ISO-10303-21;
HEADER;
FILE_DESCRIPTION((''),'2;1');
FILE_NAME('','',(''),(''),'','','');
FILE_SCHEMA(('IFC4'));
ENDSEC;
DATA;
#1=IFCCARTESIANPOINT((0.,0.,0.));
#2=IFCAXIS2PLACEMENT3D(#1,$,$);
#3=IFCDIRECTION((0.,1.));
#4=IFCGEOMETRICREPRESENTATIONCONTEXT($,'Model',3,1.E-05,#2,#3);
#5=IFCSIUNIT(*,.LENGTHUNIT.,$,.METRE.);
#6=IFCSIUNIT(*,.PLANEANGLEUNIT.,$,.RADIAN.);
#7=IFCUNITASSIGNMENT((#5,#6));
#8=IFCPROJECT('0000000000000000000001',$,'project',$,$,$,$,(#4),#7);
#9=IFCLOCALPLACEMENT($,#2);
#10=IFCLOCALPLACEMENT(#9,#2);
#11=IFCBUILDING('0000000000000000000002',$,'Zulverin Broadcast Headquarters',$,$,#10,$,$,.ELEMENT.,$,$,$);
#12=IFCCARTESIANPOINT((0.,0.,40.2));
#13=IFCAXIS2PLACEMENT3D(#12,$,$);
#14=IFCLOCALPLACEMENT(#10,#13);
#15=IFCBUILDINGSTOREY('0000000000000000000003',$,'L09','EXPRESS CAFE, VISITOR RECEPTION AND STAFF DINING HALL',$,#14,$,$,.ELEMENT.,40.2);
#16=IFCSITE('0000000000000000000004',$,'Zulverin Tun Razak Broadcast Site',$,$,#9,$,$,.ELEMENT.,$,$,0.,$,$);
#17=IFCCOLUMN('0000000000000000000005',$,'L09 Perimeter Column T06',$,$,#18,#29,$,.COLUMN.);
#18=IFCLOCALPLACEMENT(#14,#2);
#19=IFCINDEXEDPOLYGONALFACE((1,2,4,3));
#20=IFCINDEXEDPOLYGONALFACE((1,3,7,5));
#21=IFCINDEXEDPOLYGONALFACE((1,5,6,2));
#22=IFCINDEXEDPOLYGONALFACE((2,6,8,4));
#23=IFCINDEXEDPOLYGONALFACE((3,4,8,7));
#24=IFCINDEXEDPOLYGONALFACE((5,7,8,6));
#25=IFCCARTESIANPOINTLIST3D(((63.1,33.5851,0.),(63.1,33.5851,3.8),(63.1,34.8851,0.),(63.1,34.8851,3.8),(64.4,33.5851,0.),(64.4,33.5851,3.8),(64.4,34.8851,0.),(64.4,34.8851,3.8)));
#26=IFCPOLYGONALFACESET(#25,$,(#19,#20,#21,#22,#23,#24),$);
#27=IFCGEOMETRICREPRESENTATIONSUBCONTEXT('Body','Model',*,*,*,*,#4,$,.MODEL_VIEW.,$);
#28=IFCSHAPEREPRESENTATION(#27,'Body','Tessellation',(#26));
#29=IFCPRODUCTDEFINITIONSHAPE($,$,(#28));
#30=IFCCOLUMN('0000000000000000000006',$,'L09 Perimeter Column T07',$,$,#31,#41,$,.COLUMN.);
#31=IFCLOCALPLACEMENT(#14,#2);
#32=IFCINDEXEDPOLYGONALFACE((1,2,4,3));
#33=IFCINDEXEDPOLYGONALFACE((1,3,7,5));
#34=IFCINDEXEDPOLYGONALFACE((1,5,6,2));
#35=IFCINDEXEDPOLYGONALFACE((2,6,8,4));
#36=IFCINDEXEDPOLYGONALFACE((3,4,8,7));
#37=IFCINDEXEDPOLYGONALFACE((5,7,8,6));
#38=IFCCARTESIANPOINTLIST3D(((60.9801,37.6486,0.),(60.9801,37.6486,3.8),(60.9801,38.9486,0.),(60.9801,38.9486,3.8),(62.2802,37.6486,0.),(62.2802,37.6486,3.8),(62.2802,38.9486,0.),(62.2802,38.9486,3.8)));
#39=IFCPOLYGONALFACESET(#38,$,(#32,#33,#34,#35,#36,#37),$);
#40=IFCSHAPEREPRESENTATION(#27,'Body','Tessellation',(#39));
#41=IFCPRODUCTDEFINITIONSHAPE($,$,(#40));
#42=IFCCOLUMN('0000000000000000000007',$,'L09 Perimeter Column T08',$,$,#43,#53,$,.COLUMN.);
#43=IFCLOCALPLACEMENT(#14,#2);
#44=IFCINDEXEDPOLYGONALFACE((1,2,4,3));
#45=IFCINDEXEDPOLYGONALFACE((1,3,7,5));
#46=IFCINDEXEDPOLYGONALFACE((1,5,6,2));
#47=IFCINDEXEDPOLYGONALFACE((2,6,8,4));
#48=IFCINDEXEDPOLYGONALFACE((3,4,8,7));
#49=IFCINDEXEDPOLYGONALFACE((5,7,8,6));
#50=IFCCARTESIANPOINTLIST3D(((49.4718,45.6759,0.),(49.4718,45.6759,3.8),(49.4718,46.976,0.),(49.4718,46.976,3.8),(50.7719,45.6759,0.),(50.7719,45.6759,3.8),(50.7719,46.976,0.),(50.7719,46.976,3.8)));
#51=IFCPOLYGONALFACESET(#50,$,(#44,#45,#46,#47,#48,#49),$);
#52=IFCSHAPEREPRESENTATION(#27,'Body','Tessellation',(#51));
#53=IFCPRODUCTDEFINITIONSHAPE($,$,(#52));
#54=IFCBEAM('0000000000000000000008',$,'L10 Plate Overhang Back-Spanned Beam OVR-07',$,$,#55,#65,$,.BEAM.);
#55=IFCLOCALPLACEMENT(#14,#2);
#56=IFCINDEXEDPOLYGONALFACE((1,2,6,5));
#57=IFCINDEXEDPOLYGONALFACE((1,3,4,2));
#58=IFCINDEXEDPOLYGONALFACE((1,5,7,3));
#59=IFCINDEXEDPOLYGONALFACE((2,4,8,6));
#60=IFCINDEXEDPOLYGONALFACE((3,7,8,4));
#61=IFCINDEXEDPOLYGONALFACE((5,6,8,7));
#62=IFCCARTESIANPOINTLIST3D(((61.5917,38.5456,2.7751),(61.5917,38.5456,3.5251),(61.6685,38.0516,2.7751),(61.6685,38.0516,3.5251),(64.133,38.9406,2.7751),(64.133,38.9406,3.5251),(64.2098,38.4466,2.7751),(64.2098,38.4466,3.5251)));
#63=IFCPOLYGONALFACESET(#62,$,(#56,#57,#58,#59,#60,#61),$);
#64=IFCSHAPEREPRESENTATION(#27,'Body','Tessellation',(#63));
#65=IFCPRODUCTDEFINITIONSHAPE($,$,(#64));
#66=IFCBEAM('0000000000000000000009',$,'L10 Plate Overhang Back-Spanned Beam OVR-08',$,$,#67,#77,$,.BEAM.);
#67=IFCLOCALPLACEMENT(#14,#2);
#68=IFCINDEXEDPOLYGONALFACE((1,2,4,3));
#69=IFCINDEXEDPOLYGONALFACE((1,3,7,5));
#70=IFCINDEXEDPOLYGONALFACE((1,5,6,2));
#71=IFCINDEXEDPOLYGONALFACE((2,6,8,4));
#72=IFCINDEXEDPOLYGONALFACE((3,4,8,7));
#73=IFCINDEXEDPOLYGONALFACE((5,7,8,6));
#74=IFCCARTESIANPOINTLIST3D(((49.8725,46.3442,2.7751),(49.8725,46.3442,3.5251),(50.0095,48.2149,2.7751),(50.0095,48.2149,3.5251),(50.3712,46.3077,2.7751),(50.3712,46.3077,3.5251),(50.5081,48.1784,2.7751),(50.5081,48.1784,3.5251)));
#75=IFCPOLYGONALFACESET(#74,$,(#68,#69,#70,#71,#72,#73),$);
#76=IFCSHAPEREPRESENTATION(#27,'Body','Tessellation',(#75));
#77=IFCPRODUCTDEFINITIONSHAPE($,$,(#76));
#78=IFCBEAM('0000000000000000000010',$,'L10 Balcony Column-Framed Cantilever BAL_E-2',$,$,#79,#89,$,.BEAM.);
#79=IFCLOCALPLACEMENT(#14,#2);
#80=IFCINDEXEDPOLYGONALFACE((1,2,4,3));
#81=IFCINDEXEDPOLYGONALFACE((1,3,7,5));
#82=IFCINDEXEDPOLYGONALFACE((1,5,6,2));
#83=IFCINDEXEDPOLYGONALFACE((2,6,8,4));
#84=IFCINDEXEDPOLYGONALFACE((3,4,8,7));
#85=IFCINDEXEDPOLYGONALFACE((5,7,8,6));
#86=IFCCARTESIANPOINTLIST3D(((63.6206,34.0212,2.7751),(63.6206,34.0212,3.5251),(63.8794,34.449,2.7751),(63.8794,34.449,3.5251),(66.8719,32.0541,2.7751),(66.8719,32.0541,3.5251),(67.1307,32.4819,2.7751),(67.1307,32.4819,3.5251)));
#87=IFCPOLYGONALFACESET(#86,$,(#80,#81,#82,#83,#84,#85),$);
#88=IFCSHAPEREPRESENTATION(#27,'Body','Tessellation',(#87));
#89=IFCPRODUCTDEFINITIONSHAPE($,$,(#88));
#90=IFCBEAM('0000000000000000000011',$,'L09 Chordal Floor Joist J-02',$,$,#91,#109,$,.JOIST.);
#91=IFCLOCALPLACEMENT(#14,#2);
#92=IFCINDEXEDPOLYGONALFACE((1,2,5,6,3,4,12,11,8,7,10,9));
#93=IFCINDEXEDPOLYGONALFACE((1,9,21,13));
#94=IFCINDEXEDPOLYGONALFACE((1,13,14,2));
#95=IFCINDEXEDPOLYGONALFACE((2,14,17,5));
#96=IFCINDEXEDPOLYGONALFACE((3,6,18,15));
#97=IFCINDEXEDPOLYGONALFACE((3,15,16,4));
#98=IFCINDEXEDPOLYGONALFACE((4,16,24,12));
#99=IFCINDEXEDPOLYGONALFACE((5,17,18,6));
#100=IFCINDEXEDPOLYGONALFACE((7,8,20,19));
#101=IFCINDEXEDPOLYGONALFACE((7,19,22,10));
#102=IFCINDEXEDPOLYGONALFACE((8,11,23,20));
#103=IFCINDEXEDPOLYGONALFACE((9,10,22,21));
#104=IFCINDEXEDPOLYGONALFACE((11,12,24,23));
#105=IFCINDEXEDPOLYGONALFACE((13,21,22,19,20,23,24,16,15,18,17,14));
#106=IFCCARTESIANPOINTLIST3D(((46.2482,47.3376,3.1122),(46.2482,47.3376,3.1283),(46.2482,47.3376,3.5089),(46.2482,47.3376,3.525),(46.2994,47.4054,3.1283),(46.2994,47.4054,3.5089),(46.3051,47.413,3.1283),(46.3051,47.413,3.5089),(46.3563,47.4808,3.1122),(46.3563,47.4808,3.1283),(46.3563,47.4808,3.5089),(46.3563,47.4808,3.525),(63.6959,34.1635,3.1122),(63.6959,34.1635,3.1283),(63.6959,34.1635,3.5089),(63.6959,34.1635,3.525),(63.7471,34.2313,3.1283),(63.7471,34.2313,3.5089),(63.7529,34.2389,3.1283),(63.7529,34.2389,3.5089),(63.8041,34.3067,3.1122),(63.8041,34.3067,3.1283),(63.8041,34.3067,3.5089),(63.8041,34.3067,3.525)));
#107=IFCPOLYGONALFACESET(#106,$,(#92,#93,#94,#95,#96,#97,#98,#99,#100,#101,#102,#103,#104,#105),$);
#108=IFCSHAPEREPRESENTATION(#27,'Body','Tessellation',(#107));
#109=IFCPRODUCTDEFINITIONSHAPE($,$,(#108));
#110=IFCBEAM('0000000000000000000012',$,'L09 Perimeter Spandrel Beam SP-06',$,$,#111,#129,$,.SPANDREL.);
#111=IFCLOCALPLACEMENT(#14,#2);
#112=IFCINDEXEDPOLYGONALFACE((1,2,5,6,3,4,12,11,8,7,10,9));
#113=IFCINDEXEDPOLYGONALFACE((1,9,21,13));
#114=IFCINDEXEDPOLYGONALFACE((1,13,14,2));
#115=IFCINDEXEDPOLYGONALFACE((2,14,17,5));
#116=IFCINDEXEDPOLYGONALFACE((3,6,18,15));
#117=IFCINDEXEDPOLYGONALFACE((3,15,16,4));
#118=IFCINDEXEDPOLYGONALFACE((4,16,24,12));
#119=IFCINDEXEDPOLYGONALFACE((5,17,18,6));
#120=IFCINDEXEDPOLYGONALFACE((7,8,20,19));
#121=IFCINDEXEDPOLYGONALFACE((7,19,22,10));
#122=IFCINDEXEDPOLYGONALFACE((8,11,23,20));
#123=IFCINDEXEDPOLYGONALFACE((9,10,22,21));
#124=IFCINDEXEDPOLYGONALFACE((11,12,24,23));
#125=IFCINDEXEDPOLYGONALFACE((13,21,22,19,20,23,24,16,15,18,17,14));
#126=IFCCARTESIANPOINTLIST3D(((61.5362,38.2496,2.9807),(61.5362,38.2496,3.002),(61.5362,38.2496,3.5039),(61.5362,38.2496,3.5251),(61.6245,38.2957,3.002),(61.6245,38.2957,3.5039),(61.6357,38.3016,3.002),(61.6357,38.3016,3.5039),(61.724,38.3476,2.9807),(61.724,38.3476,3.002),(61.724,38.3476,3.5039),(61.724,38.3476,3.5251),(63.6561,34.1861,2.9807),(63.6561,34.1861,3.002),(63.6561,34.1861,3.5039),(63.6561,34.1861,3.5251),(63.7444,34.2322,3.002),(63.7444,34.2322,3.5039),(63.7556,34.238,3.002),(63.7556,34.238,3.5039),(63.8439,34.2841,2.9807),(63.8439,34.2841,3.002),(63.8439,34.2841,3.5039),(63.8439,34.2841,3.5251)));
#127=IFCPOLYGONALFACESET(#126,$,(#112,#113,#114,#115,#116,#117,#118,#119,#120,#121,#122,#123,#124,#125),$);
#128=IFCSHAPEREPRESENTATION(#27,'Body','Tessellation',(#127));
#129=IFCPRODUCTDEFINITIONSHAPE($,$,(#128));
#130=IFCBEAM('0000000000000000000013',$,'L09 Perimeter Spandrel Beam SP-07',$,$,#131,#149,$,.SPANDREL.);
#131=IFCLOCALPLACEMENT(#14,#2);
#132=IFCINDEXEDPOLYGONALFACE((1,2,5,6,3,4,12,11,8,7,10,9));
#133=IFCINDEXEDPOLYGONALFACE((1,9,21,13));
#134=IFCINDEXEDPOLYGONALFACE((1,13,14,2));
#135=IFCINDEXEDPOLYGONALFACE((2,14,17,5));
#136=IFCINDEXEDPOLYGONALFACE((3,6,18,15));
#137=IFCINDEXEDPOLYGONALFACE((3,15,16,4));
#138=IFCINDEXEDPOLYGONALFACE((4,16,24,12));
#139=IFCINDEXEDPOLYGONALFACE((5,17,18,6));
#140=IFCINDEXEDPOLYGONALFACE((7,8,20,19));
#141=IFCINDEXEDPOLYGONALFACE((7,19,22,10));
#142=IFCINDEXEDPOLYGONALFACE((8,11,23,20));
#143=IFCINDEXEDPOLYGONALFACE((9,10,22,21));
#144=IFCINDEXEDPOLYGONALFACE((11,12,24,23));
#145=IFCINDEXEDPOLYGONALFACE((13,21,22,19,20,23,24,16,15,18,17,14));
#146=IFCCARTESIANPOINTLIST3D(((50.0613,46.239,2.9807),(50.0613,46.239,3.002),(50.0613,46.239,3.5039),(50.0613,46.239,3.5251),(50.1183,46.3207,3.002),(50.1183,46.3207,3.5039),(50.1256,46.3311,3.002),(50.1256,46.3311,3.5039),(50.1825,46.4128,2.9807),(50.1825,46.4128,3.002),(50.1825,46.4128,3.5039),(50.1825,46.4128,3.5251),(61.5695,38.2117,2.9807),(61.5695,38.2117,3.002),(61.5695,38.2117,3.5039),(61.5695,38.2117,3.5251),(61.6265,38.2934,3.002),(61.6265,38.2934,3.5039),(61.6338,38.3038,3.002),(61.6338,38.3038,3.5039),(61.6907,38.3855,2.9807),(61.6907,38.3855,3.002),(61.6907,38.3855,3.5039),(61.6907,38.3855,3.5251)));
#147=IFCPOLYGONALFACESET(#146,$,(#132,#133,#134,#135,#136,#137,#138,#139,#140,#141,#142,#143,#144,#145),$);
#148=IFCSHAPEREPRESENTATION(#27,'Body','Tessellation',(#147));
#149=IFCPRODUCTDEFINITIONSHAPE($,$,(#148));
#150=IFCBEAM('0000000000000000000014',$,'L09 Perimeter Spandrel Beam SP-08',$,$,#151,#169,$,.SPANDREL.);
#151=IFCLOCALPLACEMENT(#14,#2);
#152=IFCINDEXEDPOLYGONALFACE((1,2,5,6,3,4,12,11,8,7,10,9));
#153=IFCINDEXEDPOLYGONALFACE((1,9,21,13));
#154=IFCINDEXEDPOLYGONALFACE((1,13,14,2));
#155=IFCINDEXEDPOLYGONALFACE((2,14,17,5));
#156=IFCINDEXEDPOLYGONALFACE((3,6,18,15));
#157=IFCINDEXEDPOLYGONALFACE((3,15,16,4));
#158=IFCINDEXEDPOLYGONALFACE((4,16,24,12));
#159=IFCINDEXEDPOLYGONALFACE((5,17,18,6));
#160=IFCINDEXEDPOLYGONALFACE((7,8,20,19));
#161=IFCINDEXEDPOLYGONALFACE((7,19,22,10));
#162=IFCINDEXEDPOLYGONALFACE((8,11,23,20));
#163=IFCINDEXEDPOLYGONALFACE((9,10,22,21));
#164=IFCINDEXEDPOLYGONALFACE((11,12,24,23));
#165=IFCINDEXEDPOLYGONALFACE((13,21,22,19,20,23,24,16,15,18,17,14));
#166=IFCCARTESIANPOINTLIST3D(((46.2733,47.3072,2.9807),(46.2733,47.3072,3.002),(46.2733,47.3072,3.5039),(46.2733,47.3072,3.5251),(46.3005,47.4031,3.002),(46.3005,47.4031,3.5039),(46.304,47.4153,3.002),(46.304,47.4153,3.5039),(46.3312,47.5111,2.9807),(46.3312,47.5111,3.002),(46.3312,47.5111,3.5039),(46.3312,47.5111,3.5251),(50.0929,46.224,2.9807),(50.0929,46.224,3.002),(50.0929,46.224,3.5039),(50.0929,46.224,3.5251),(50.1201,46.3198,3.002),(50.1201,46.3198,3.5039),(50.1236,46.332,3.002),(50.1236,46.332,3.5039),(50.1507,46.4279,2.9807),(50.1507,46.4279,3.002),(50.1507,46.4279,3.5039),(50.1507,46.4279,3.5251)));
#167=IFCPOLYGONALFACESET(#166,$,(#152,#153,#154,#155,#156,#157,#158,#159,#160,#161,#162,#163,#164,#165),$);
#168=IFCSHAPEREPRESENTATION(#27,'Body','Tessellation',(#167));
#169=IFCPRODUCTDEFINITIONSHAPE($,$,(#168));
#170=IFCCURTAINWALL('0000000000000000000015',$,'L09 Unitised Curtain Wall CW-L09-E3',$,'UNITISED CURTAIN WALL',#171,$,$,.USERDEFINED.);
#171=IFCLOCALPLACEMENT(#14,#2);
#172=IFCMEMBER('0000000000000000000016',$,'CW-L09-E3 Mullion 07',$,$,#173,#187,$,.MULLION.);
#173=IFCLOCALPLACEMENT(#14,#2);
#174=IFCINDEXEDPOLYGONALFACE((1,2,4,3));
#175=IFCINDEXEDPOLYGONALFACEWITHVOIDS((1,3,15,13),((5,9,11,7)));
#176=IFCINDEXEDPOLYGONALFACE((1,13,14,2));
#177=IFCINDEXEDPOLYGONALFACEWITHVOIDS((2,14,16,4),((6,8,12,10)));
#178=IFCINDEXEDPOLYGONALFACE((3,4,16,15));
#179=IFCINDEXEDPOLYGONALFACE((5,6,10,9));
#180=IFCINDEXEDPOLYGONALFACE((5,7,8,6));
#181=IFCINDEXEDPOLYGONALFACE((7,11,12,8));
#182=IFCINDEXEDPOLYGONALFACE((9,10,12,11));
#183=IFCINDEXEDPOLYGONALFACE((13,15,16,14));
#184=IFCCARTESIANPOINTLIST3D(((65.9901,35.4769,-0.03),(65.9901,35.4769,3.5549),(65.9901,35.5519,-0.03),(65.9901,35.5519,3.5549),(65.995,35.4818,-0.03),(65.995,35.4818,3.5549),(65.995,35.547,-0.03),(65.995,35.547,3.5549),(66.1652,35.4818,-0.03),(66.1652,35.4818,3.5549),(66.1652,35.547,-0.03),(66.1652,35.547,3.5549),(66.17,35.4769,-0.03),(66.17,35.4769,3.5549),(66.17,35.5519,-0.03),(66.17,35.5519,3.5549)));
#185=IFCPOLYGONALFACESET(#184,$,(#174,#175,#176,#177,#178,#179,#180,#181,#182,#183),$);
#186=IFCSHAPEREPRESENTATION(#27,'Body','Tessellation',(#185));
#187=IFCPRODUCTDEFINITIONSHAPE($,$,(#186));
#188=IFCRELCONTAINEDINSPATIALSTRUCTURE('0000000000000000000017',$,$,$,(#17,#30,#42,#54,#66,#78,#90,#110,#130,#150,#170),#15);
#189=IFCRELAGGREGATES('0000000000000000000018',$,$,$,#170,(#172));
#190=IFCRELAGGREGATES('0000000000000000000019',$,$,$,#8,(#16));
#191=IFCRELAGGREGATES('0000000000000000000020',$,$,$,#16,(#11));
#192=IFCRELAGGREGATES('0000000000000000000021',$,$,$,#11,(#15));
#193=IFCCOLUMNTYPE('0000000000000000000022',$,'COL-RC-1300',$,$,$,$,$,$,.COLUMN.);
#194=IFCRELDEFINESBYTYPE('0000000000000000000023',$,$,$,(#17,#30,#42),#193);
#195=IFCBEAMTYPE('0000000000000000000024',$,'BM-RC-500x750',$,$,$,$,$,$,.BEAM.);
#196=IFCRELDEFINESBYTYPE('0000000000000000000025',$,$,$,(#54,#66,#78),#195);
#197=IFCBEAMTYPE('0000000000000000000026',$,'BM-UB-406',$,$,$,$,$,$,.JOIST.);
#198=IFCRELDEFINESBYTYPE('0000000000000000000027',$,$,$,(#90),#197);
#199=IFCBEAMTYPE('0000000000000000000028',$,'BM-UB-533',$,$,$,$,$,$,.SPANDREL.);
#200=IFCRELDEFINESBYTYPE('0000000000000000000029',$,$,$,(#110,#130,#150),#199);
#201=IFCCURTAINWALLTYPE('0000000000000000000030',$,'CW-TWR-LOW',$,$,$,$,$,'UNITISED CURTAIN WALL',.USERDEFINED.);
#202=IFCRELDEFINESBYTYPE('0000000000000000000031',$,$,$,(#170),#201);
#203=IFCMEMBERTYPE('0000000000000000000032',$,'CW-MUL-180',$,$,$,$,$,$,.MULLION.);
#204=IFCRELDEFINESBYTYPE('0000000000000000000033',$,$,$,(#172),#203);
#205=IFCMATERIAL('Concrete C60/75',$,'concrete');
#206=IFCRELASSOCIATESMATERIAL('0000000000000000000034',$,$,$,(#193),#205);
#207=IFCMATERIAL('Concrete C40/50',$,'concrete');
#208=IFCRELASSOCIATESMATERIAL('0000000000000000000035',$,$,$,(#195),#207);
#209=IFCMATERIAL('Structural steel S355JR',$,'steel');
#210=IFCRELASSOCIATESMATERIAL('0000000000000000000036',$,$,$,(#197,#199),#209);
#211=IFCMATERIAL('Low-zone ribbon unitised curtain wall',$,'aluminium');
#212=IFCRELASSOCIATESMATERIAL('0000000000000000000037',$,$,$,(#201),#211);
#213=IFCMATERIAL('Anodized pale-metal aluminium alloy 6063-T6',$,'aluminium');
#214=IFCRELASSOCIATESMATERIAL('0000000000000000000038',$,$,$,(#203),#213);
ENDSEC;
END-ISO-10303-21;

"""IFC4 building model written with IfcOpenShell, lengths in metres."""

from ifc_helpers import new_model, si_unit, direction, frame, origin, origin_2d, place, context, subcontext, project, spatial, rectangle, hollow_rectangle, i_section, extrude, material, material_profile, profile_set, type_object, element, aggregate, save


model = new_model("IFC4")

# Units and contexts
model_context = context("Model", 3, precision=1e-05, world=origin(), true_north=direction((0.0, 1.0)))
body_context = subcontext(model_context, "Body", "Model", "MODEL_VIEW")
ifc_project = project(units=[si_unit("LENGTHUNIT", "METRE"), si_unit("PLANEANGLEUNIT", "RADIAN")], contexts=[model_context])

# Site, building, storey
site_placement = place(None, origin())
site = spatial("IfcSite", under=ifc_project, at=site_placement, Name="Zulverin Tun Razak Broadcast Site", CompositionType="ELEMENT", RefElevation=0.0)
building_placement = place(site_placement, origin())
building = spatial("IfcBuilding", under=site, at=building_placement, Name="Zulverin Broadcast Headquarters", CompositionType="ELEMENT")
storey_placement = place(building_placement, frame((0.0, 0.0, 40.2)))
storey = spatial("IfcBuildingStorey", under=building, at=storey_placement, Name="L09", Description="EXPRESS CAFE, VISITOR RECEPTION AND STAFF DINING HALL", CompositionType="ELEMENT", Elevation=40.2)

# Columns
ifc_material_1 = material(Name="Concrete C60/75", Category="concrete")
ifc_material_profile_1 = material_profile(ifc_material_1, rectangle(XDim=1.3, YDim=1.3, at=origin_2d()), Name="Concrete C60/75", Category="concrete")
ifc_profile_set_1 = profile_set([ifc_material_profile_1], Name="Concrete C60/75")
column_type = type_object("IfcColumnType", Name="COL-RC-1300", PredefinedType="COLUMN", material=ifc_profile_set_1)
for number, where, z_axis, x_axis, name in (
    (1, (63.75, 34.2351, 0.0), (0.0, 0.0, 1.0), (1.0, 0.0, 0.0), "L09 Perimeter Column T06"),
    (2, (61.6301, 38.2986, 0.0), (0.0, 0.0, 1.0), (1.0, 0.0, 0.0), "L09 Perimeter Column T07"),
    (3, (50.1218, 46.3259, 0.0), (0.0, 0.0, 1.0), (1.0, 0.0, 0.0), "L09 Perimeter Column T08"),
):
    element("IfcColumn", number, at=place(storey_placement, frame(where, z_axis=z_axis, x_axis=x_axis)), inside=storey, type_object=column_type, Name=name, PredefinedType="COLUMN", context=body_context, shape_type="SweptSolid", body=[
        extrude(rectangle(XDim=1.3, YDim=1.3, at=origin_2d()), origin(), (0.0, 0.0, 1.0), 3.8),
    ])

# Beams
ifc_material_2 = material(Name="Concrete C40/50", Category="concrete")
ifc_material_profile_2 = material_profile(ifc_material_2, rectangle(XDim=0.5, YDim=0.75, at=origin_2d()), Name="Concrete C40/50", Category="concrete")
ifc_profile_set_2 = profile_set([ifc_material_profile_2], Name="Concrete C40/50")
beam_type_1 = type_object("IfcBeamType", Name="BM-RC-500x750", PredefinedType="BEAM", material=ifc_profile_set_2)
beam_1_placement = place(storey_placement, frame((61.6301, 38.2986, 3.1501), z_axis=(0.988133, 0.153598, 0.0), x_axis=(-0.153598, 0.988133, 0.0)))
element("IfcBeam", 4, at=beam_1_placement, inside=storey, type_object=beam_type_1, Name="L10 Plate Overhang Back-Spanned Beam OVR-07", PredefinedType="BEAM", context=body_context, shape_type="SweptSolid", body=[
    extrude(rectangle(XDim=0.5, YDim=0.75, at=origin_2d()), origin(), (0.0, 0.0, 1.0), 2.5718),
])
beam_2_placement = place(storey_placement, frame((50.1218, 46.3259, 3.1501), z_axis=(0.073023, 0.99733, 0.0), x_axis=(-0.99733, 0.073023, 0.0)))
element("IfcBeam", 5, at=beam_2_placement, inside=storey, type_object=beam_type_1, Name="L10 Plate Overhang Back-Spanned Beam OVR-08", PredefinedType="BEAM", context=body_context, shape_type="SweptSolid", body=[
    extrude(rectangle(XDim=0.5, YDim=0.75, at=origin_2d()), origin(), (0.0, 0.0, 1.0), 1.8757),
])
beam_3_placement = place(storey_placement, frame((63.75, 34.2351, 3.1501), z_axis=(0.855594, -0.517648, 0.0), x_axis=(0.517648, 0.855594, 0.0)))
element("IfcBeam", 6, at=beam_3_placement, inside=storey, type_object=beam_type_1, Name="L10 Balcony Column-Framed Cantilever BAL_E-2", PredefinedType="BEAM", context=body_context, shape_type="SweptSolid", body=[
    extrude(rectangle(XDim=0.5, YDim=0.75, at=origin_2d()), origin(), (0.0, 0.0, 1.0), 3.8),
])
ifc_material_3 = material(Name="Structural steel S355JR", Category="steel")
ifc_material_profile_3 = material_profile(ifc_material_3, i_section(OverallWidth=0.1794, OverallDepth=0.4128, WebThickness=0.0095, FlangeThickness=0.0161, at=origin_2d()), Name="Structural steel S355JR", Category="steel")
ifc_profile_set_3 = profile_set([ifc_material_profile_3], Name="Structural steel S355JR")
beam_type_2 = type_object("IfcBeamType", Name="BM-UB-406", PredefinedType="JOIST", material=ifc_profile_set_3)
beam_4_placement = place(storey_placement, frame((63.75, 34.2351, 3.3186), z_axis=(-0.798058, 0.60258, 0.0), x_axis=(-0.60258, -0.798058, 0.0)))
element("IfcBeam", 7, at=beam_4_placement, inside=storey, type_object=beam_type_2, Name="L09 Chordal Floor Joist J-02", PredefinedType="JOIST", context=body_context, shape_type="SweptSolid", body=[
    extrude(i_section(OverallWidth=0.1794, OverallDepth=0.4128, WebThickness=0.0095, FlangeThickness=0.0161, at=origin_2d()), origin(), (0.0, 0.0, 1.0), 21.8628),
])
ifc_material_profile_4 = material_profile(ifc_material_3, i_section(OverallWidth=0.2119, OverallDepth=0.5444, WebThickness=0.0127, FlangeThickness=0.0212, at=origin_2d()), Name="Structural steel S355JR", Category="steel")
ifc_profile_set_4 = profile_set([ifc_material_profile_4], Name="Structural steel S355JR")
beam_type_3 = type_object("IfcBeamType", Name="BM-UB-533", PredefinedType="SPANDREL", material=ifc_profile_set_4)
beam_5_placement = place(storey_placement, frame((63.75, 34.2351, 3.2529), z_axis=(-0.462531, 0.886603, 0.0), x_axis=(-0.886603, -0.462531, 0.0)))
element("IfcBeam", 8, at=beam_5_placement, inside=storey, type_object=beam_type_3, Name="L09 Perimeter Spandrel Beam SP-06", PredefinedType="SPANDREL", context=body_context, shape_type="SweptSolid", body=[
    extrude(i_section(OverallWidth=0.2119, OverallDepth=0.5444, WebThickness=0.0127, FlangeThickness=0.0212, at=origin_2d()), origin(), (0.0, 0.0, 1.0), 4.5833),
])
beam_6_placement = place(storey_placement, frame((61.6301, 38.2986, 3.2529), z_axis=(-0.820184, 0.5721, 0.0), x_axis=(-0.5721, -0.820184, 0.0)))
element("IfcBeam", 9, at=beam_6_placement, inside=storey, type_object=beam_type_3, Name="L09 Perimeter Spandrel Beam SP-07", PredefinedType="SPANDREL", context=body_context, shape_type="SweptSolid", body=[
    extrude(i_section(OverallWidth=0.2119, OverallDepth=0.5444, WebThickness=0.0127, FlangeThickness=0.0212, at=origin_2d()), origin(), (0.0, 0.0, 1.0), 14.0312),
])
beam_7_placement = place(storey_placement, frame((50.1218, 46.3259, 3.2529), z_axis=(-0.962058, 0.272844, 0.0), x_axis=(-0.272844, -0.962058, 0.0)))
element("IfcBeam", 10, at=beam_7_placement, inside=storey, type_object=beam_type_3, Name="L09 Perimeter Spandrel Beam SP-08", PredefinedType="SPANDREL", context=body_context, shape_type="SweptSolid", body=[
    extrude(i_section(OverallWidth=0.2119, OverallDepth=0.5444, WebThickness=0.0127, FlangeThickness=0.0212, at=origin_2d()), origin(), (0.0, 0.0, 1.0), 3.9702),
])

# Curtain wall, member
ifc_material_4 = material(Name="Low-zone ribbon unitised curtain wall", Category="aluminium")
curtain_wall_type = type_object("IfcCurtainWallType", Name="CW-TWR-LOW", ElementType="UNITISED CURTAIN WALL", PredefinedType="USERDEFINED", material=ifc_material_4)
curtain_wall_placement = place(storey_placement, origin())
curtain_wall = element("IfcCurtainWall", 11, at=curtain_wall_placement, inside=storey, type_object=curtain_wall_type, Name="L09 Unitised Curtain Wall CW-L09-E3", ObjectType="UNITISED CURTAIN WALL", PredefinedType="USERDEFINED")
ifc_material_5 = material(Name="Anodized pale-metal aluminium alloy 6063-T6", Category="aluminium")
ifc_material_profile_5 = material_profile(ifc_material_5, hollow_rectangle(XDim=0.075, YDim=0.1799, WallThickness=0.0049, at=origin_2d()), Name="Anodized pale-metal aluminium alloy 6063-T6", Category="aluminium")
ifc_profile_set_5 = profile_set([ifc_material_profile_5], Name="Anodized pale-metal aluminium alloy 6063-T6")
member_type = type_object("IfcMemberType", Name="CW-MUL-180", PredefinedType="MULLION", material=ifc_profile_set_5)
member_placement = place(storey_placement, frame((66.0801, 35.5144, -0.03), z_axis=(0.0, 0.0, 1.0), x_axis=(0.0, 1.0, 0.0)))
member = element("IfcMember", 12, at=member_placement, type_object=member_type, Name="CW-L09-E3 Mullion 07", PredefinedType="MULLION", context=body_context, shape_type="SweptSolid", body=[
    extrude(hollow_rectangle(XDim=0.075, YDim=0.1799, WallThickness=0.0049, at=origin_2d()), origin(), (0.0, 0.0, 1.0), 3.585),
])
aggregate(curtain_wall, [member])

save(model, "model.ifc")
